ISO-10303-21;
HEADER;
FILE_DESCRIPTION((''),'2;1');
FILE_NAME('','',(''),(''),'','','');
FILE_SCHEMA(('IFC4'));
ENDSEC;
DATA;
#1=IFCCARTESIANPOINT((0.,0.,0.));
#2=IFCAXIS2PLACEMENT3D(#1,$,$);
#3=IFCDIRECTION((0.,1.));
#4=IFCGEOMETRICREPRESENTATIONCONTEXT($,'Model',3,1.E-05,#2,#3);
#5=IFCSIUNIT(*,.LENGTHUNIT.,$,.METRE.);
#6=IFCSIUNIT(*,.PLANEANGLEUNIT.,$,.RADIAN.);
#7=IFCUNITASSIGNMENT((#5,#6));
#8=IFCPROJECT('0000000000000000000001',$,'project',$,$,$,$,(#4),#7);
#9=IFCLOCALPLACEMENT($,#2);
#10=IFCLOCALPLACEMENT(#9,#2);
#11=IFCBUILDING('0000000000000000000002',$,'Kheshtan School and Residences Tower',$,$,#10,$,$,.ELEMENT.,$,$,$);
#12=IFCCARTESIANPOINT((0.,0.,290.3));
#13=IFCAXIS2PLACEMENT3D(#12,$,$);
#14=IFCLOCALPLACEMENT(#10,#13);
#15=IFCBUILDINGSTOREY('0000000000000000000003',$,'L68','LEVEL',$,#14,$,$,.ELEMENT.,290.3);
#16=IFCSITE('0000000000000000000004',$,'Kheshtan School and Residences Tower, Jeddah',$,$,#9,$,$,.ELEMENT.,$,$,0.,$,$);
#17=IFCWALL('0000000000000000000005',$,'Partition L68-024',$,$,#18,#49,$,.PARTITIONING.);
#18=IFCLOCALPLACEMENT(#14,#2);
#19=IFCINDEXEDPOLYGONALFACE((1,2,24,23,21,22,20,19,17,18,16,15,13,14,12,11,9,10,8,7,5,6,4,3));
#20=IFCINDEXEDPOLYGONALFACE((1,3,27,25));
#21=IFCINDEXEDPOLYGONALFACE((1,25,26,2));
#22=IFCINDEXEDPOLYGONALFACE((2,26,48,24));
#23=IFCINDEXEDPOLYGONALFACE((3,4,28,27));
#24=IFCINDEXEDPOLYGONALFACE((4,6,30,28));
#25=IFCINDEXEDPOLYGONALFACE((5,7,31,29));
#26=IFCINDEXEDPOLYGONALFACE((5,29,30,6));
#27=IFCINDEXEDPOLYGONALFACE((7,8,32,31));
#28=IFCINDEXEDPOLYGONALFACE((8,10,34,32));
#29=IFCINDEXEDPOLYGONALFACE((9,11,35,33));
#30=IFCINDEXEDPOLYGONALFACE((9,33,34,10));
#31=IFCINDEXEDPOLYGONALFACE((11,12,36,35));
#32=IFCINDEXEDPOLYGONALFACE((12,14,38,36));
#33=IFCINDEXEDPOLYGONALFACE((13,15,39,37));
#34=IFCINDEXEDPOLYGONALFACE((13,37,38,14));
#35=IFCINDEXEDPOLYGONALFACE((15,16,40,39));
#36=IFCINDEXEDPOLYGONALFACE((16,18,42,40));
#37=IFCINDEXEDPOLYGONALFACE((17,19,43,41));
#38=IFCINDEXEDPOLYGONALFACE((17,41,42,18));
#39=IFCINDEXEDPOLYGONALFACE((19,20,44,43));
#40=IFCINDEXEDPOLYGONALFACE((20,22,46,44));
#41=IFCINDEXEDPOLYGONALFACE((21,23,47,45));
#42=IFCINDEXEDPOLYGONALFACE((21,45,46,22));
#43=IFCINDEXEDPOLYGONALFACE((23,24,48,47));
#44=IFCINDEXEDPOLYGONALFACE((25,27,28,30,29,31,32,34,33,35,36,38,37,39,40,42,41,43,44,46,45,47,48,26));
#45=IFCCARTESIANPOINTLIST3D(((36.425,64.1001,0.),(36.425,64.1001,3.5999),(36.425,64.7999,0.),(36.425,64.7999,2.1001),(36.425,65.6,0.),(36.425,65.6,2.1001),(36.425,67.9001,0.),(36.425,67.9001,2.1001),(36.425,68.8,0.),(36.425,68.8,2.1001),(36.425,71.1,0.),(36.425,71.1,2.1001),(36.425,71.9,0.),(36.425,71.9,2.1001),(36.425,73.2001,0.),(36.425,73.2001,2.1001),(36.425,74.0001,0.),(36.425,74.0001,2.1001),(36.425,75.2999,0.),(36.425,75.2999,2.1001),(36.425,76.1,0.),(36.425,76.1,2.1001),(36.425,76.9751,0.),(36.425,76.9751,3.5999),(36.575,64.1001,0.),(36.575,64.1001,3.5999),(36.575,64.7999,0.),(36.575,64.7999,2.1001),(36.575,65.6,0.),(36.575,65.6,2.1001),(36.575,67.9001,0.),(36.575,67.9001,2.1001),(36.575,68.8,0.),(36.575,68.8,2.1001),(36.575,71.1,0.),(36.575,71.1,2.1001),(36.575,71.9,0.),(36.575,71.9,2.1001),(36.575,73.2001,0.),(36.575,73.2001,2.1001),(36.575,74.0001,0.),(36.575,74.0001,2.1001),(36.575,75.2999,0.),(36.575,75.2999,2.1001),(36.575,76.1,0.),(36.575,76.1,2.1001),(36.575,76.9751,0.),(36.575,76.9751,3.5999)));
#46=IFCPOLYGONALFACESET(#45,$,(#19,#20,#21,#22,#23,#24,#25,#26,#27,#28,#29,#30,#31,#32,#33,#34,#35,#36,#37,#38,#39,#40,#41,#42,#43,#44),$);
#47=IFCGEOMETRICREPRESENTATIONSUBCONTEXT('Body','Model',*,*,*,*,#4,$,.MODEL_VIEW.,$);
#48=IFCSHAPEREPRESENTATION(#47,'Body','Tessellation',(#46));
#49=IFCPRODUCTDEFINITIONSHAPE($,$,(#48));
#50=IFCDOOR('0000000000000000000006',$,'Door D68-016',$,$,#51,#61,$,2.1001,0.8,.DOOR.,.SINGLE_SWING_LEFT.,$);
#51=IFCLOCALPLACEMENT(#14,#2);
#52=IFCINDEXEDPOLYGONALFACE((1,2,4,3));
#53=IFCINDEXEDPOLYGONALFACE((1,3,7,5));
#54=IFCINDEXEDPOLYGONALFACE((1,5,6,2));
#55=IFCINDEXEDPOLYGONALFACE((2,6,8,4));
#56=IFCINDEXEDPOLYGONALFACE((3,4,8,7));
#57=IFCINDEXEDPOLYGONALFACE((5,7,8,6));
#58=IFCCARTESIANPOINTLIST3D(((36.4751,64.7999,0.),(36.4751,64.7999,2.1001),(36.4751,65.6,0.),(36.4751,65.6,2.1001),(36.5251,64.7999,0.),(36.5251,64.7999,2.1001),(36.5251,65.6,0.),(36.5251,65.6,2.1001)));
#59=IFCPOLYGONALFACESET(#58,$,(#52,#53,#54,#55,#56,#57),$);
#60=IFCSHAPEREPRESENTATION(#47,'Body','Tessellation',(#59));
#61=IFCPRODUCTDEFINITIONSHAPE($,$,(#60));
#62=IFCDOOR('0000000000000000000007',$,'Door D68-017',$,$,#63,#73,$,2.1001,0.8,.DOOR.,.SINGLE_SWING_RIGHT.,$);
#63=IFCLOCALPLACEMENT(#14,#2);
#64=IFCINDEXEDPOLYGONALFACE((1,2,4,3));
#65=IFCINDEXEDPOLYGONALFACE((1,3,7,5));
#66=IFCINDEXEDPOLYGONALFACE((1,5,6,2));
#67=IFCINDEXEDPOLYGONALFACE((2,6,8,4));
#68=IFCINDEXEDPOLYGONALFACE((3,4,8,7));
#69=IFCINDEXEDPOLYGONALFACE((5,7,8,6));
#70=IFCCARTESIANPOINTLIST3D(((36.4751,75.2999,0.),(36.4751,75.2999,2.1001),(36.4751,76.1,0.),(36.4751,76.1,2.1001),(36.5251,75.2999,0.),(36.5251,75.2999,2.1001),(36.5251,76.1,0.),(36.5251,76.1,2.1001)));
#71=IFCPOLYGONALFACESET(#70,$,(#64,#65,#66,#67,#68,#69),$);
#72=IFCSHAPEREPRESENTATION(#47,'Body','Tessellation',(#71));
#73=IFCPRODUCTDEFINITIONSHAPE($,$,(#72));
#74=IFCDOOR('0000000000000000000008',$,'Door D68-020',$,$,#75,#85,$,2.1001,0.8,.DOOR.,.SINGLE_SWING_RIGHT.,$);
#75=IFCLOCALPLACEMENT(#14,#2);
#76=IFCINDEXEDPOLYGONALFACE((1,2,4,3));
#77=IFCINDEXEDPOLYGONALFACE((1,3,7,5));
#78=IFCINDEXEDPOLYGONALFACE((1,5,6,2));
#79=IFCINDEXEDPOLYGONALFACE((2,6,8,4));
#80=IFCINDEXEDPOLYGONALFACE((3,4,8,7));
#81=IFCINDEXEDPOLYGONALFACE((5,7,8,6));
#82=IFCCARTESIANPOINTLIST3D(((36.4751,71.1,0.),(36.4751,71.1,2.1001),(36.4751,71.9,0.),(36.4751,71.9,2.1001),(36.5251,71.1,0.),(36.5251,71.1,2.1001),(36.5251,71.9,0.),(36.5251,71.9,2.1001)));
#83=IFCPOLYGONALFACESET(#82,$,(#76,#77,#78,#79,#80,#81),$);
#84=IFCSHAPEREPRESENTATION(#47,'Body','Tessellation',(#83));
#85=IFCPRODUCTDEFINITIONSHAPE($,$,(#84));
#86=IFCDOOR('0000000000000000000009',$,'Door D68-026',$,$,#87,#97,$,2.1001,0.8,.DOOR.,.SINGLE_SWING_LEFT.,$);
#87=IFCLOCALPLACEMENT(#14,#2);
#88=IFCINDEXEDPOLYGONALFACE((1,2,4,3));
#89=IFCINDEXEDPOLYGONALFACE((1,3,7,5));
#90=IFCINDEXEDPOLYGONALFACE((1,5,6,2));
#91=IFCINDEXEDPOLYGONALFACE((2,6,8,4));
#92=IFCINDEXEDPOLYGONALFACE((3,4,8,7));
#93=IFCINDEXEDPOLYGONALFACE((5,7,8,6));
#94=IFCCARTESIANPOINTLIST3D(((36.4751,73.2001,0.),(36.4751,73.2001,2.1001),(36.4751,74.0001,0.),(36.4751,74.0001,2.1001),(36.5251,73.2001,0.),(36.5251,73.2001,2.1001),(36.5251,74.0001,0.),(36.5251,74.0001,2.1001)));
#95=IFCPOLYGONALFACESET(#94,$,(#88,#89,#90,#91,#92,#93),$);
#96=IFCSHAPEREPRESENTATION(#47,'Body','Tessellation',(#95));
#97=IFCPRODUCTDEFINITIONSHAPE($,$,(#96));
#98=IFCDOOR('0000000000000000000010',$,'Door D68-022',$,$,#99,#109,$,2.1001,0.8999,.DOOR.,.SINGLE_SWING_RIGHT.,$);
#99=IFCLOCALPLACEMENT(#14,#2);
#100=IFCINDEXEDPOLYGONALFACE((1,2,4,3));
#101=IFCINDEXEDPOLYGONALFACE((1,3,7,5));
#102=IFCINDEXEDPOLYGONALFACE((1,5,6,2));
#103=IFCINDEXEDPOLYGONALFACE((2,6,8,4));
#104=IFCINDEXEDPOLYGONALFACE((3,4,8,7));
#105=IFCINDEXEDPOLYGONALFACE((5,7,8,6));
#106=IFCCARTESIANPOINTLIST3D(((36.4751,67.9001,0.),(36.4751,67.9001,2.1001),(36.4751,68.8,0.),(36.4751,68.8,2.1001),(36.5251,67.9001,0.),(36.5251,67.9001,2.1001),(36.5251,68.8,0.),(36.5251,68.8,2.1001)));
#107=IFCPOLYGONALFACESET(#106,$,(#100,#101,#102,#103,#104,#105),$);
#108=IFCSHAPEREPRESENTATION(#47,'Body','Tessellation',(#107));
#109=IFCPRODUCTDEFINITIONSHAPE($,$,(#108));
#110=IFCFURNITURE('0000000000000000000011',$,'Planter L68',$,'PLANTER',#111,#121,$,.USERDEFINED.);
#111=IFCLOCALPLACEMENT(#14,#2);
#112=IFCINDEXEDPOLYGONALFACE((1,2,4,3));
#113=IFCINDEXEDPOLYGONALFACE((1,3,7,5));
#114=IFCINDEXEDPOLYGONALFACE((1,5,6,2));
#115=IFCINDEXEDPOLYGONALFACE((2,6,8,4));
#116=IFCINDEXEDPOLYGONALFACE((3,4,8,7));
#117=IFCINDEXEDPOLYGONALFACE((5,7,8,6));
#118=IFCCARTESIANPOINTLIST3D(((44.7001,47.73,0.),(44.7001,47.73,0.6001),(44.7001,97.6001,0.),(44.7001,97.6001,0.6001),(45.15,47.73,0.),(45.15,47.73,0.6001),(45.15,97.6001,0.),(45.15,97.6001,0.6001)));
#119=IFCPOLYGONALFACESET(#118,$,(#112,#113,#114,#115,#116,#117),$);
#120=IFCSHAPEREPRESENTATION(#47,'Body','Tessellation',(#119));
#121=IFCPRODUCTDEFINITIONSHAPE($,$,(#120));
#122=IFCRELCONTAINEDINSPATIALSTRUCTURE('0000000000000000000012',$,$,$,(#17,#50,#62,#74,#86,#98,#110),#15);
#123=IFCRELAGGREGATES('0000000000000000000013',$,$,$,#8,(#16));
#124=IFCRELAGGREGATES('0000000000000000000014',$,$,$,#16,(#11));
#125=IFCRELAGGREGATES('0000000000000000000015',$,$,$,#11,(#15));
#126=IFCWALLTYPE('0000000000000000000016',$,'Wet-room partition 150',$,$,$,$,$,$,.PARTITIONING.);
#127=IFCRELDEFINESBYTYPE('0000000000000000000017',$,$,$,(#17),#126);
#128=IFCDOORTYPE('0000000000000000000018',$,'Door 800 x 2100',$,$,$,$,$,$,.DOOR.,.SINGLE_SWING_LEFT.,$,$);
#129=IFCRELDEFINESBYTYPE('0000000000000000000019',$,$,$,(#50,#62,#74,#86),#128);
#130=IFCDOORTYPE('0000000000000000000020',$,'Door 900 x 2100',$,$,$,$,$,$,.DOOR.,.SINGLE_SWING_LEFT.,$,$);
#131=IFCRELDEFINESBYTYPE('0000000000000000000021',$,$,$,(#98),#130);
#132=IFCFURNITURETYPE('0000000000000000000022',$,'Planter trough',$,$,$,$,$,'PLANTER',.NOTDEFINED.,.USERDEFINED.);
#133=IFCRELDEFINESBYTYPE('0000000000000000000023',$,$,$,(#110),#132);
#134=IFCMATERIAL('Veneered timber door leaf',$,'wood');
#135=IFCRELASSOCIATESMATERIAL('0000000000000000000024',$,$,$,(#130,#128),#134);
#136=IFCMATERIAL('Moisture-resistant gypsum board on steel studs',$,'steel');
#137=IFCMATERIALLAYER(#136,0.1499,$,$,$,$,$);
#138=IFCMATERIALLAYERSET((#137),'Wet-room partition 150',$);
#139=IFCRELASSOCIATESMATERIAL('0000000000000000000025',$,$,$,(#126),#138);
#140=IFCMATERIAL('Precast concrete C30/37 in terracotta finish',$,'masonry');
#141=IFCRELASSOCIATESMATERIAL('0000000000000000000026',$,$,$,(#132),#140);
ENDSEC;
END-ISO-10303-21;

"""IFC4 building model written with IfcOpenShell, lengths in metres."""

from ifc_helpers import new_model, si_unit, direction, frame, frame_2d, origin, origin_2d, place, context, subcontext, project, spatial, rectangle, extrude, source, transform, mapped, material, layer, layer_set, type_object, element, fill, save


model = new_model("IFC4")

# Units and contexts
model_context = context("Model", 3, precision=1e-05, world=origin(), true_north=direction((0.0, 1.0)))
body_context = subcontext(model_context, "Body", "Model", "MODEL_VIEW")
ifc_project = project(units=[si_unit("LENGTHUNIT", "METRE"), si_unit("PLANEANGLEUNIT", "RADIAN")], contexts=[model_context])

# Site, building, storey
site_placement = place(None, origin())
site = spatial("IfcSite", under=ifc_project, at=site_placement, Name="Kheshtan School and Residences Tower, Jeddah", CompositionType="ELEMENT", RefElevation=0.0)
building_placement = place(site_placement, origin())
building = spatial("IfcBuilding", under=site, at=building_placement, Name="Kheshtan School and Residences Tower", CompositionType="ELEMENT")
storey_placement = place(building_placement, frame((0.0, 0.0, 290.3)))
storey = spatial("IfcBuildingStorey", under=building, at=storey_placement, Name="L68", Description="LEVEL", CompositionType="ELEMENT", Elevation=290.3)

# Shared definitions
ifc_material_1 = material(Name="Veneered timber door leaf", Category="wood")
door_type_1 = type_object("IfcDoorType", Name="Door 900 x 2100", OperationType="SINGLE_SWING_LEFT", PredefinedType="DOOR", material=ifc_material_1)
shared_shape_1 = source(origin(), body_context, "Body", "SweptSolid", [
    extrude(rectangle(XDim=0.8999, YDim=2.1001, at=frame_2d((0.45, 1.05))), frame((0.0, 0.0249, 0.0), z_axis=(0.0, -1.0, 0.0), x_axis=(1.0, 0.0, 0.0)), (0.0, 0.0, 1.0), 0.05),
])

# Shared definitions
ifc_material_2 = material(Name="Moisture-resistant gypsum board on steel studs", Category="steel")
ifc_layer_1 = layer(ifc_material_2, 0.1499)
ifc_layer_set_1 = layer_set([ifc_layer_1], Name="Wet-room partition 150")
wall_type_1 = type_object("IfcWallType", Name="Wet-room partition 150", PredefinedType="PARTITIONING", material=ifc_layer_set_1)

# Wall, openings, doors
wall_1_placement = place(storey_placement, frame((36.5, 64.1001, 0.0), z_axis=(0.0, 0.0, 1.0), x_axis=(0.0, 1.0, 0.0)))
wall_1 = element("IfcWall", 1, at=wall_1_placement, inside=storey, type_object=wall_type_1, Name="Partition L68-024", PredefinedType="PARTITIONING", context=body_context, shape_type="SweptSolid", body=[
    extrude(rectangle(XDim=12.875, YDim=0.1499, at=frame_2d((6.4375, 0.0))), origin(), (0.0, 0.0, 1.0), 3.5999),
])
opening_1_placement = place(wall_1_placement, frame((0.7, 0.0, 0.0)))
opening_1 = element("IfcOpeningElement", 2, at=opening_1_placement, cuts=wall_1, PredefinedType="OPENING", context=body_context, shape_type="SweptSolid", body=[
    extrude(rectangle(XDim=0.8, YDim=2.1001, at=frame_2d((0.3999, 1.05))), frame((0.0, 0.085, 0.0), z_axis=(0.0, -1.0, 0.0), x_axis=(1.0, 0.0, 0.0)), (0.0, 0.0, 1.0), 0.1699),
])
opening_2_placement = place(wall_1_placement, frame((11.2, 0.0, 0.0)))
opening_2 = element("IfcOpeningElement", 3, at=opening_2_placement, cuts=wall_1, PredefinedType="OPENING", context=body_context, shape_type="SweptSolid", body=[
    extrude(rectangle(XDim=0.8, YDim=2.1001, at=frame_2d((0.3999, 1.05))), frame((0.0, 0.085, 0.0), z_axis=(0.0, -1.0, 0.0), x_axis=(1.0, 0.0, 0.0)), (0.0, 0.0, 1.0), 0.1699),
])
opening_3_placement = place(wall_1_placement, frame((7.0, 0.0, 0.0)))
opening_3 = element("IfcOpeningElement", 4, at=opening_3_placement, cuts=wall_1, PredefinedType="OPENING", context=body_context, shape_type="SweptSolid", body=[
    extrude(rectangle(XDim=0.8, YDim=2.1001, at=frame_2d((0.3999, 1.05))), frame((0.0, 0.085, 0.0), z_axis=(0.0, -1.0, 0.0), x_axis=(1.0, 0.0, 0.0)), (0.0, 0.0, 1.0), 0.1699),
])
opening_4_placement = place(wall_1_placement, frame((3.8, 0.0, 0.0)))
opening_4 = element("IfcOpeningElement", 5, at=opening_4_placement, cuts=wall_1, PredefinedType="OPENING", context=body_context, shape_type="SweptSolid", body=[
    extrude(rectangle(XDim=0.8999, YDim=2.1001, at=frame_2d((0.45, 1.05))), frame((0.0, 0.085, 0.0), z_axis=(0.0, -1.0, 0.0), x_axis=(1.0, 0.0, 0.0)), (0.0, 0.0, 1.0), 0.1699),
])
opening_5_placement = place(wall_1_placement, frame((9.1001, 0.0, 0.0)))
opening_5 = element("IfcOpeningElement", 6, at=opening_5_placement, cuts=wall_1, PredefinedType="OPENING", context=body_context, shape_type="SweptSolid", body=[
    extrude(rectangle(XDim=0.8, YDim=2.1001, at=frame_2d((0.3999, 1.05))), frame((0.0, 0.085, 0.0), z_axis=(0.0, -1.0, 0.0), x_axis=(1.0, 0.0, 0.0)), (0.0, 0.0, 1.0), 0.1699),
])
door_type_2 = type_object("IfcDoorType", Name="Door 800 x 2100", OperationType="SINGLE_SWING_LEFT", PredefinedType="DOOR", material=ifc_material_1)
shared_shape_2 = source(origin(), body_context, "Body", "SweptSolid", [
    extrude(rectangle(XDim=0.8, YDim=2.1001, at=frame_2d((0.3999, 1.05))), frame((0.0, 0.0249, 0.0), z_axis=(0.0, -1.0, 0.0), x_axis=(1.0, 0.0, 0.0)), (0.0, 0.0, 1.0), 0.05),
])
door_1_placement = place(opening_1_placement, origin())
door_1 = element("IfcDoor", 7, at=door_1_placement, inside=storey, type_object=door_type_2, Name="Door D68-016", OperationType="SINGLE_SWING_LEFT", OverallHeight=2.1001, OverallWidth=0.8, PredefinedType="DOOR", context=body_context, shape_type="MappedRepresentation", body=[
    mapped(shared_shape_2, transform((0.0, 0.0, 0.0), x_axis=(1.0, 0.0, 0.0), y_axis=(0.0, 1.0, 0.0), z_axis=(0.0, 0.0, 1.0), scale=1.0)),
])
fill(opening_1, door_1)
door_2_placement = place(opening_2_placement, origin())
door_2 = element("IfcDoor", 8, at=door_2_placement, inside=storey, type_object=door_type_2, Name="Door D68-017", OperationType="SINGLE_SWING_RIGHT", OverallHeight=2.1001, OverallWidth=0.8, PredefinedType="DOOR", context=body_context, shape_type="MappedRepresentation", body=[
    mapped(shared_shape_2, transform((0.0, 0.0, 0.0), x_axis=(1.0, 0.0, 0.0), y_axis=(0.0, 1.0, 0.0), z_axis=(0.0, 0.0, 1.0), scale=1.0)),
])
fill(opening_2, door_2)
door_3_placement = place(opening_3_placement, origin())
door_3 = element("IfcDoor", 9, at=door_3_placement, inside=storey, type_object=door_type_2, Name="Door D68-020", OperationType="SINGLE_SWING_RIGHT", OverallHeight=2.1001, OverallWidth=0.8, PredefinedType="DOOR", context=body_context, shape_type="MappedRepresentation", body=[
    mapped(shared_shape_2, transform((0.0, 0.0, 0.0), x_axis=(1.0, 0.0, 0.0), y_axis=(0.0, 1.0, 0.0), z_axis=(0.0, 0.0, 1.0), scale=1.0)),
])
fill(opening_3, door_3)
door_4_placement = place(opening_5_placement, origin())
door_4 = element("IfcDoor", 10, at=door_4_placement, inside=storey, type_object=door_type_2, Name="Door D68-026", OperationType="SINGLE_SWING_LEFT", OverallHeight=2.1001, OverallWidth=0.8, PredefinedType="DOOR", context=body_context, shape_type="MappedRepresentation", body=[
    mapped(shared_shape_2, transform((0.0, 0.0, 0.0), x_axis=(1.0, 0.0, 0.0), y_axis=(0.0, 1.0, 0.0), z_axis=(0.0, 0.0, 1.0), scale=1.0)),
])
fill(opening_5, door_4)
door_5_placement = place(opening_4_placement, origin())
door_5 = element("IfcDoor", 11, at=door_5_placement, inside=storey, type_object=door_type_1, Name="Door D68-022", OperationType="SINGLE_SWING_RIGHT", OverallHeight=2.1001, OverallWidth=0.8999, PredefinedType="DOOR", context=body_context, shape_type="MappedRepresentation", body=[
    mapped(shared_shape_1, transform((0.0, 0.0, 0.0), x_axis=(1.0, 0.0, 0.0), y_axis=(0.0, 1.0, 0.0), z_axis=(0.0, 0.0, 1.0), scale=1.0)),
])
fill(opening_4, door_5)

# Furniture
ifc_material_3 = material(Name="Precast concrete C30/37 in terracotta finish", Category="masonry")
furniture_type = type_object("IfcFurnitureType", Name="Planter trough", ElementType="PLANTER", AssemblyPlace="NOTDEFINED", PredefinedType="USERDEFINED", material=ifc_material_3)
furniture_placement = place(storey_placement, frame((44.925, 72.665, 0.0), z_axis=(0.0, 0.0, 1.0), x_axis=(0.0, -1.0, 0.0)))
element("IfcFurniture", 12, at=furniture_placement, inside=storey, type_object=furniture_type, Name="Planter L68", ObjectType="PLANTER", PredefinedType="USERDEFINED", context=body_context, shape_type="SweptSolid", body=[
    extrude(rectangle(XDim=49.8701, YDim=0.45, at=origin_2d()), origin(), (0.0, 0.0, 1.0), 0.6001),
])

save(model, "model.ifc")
